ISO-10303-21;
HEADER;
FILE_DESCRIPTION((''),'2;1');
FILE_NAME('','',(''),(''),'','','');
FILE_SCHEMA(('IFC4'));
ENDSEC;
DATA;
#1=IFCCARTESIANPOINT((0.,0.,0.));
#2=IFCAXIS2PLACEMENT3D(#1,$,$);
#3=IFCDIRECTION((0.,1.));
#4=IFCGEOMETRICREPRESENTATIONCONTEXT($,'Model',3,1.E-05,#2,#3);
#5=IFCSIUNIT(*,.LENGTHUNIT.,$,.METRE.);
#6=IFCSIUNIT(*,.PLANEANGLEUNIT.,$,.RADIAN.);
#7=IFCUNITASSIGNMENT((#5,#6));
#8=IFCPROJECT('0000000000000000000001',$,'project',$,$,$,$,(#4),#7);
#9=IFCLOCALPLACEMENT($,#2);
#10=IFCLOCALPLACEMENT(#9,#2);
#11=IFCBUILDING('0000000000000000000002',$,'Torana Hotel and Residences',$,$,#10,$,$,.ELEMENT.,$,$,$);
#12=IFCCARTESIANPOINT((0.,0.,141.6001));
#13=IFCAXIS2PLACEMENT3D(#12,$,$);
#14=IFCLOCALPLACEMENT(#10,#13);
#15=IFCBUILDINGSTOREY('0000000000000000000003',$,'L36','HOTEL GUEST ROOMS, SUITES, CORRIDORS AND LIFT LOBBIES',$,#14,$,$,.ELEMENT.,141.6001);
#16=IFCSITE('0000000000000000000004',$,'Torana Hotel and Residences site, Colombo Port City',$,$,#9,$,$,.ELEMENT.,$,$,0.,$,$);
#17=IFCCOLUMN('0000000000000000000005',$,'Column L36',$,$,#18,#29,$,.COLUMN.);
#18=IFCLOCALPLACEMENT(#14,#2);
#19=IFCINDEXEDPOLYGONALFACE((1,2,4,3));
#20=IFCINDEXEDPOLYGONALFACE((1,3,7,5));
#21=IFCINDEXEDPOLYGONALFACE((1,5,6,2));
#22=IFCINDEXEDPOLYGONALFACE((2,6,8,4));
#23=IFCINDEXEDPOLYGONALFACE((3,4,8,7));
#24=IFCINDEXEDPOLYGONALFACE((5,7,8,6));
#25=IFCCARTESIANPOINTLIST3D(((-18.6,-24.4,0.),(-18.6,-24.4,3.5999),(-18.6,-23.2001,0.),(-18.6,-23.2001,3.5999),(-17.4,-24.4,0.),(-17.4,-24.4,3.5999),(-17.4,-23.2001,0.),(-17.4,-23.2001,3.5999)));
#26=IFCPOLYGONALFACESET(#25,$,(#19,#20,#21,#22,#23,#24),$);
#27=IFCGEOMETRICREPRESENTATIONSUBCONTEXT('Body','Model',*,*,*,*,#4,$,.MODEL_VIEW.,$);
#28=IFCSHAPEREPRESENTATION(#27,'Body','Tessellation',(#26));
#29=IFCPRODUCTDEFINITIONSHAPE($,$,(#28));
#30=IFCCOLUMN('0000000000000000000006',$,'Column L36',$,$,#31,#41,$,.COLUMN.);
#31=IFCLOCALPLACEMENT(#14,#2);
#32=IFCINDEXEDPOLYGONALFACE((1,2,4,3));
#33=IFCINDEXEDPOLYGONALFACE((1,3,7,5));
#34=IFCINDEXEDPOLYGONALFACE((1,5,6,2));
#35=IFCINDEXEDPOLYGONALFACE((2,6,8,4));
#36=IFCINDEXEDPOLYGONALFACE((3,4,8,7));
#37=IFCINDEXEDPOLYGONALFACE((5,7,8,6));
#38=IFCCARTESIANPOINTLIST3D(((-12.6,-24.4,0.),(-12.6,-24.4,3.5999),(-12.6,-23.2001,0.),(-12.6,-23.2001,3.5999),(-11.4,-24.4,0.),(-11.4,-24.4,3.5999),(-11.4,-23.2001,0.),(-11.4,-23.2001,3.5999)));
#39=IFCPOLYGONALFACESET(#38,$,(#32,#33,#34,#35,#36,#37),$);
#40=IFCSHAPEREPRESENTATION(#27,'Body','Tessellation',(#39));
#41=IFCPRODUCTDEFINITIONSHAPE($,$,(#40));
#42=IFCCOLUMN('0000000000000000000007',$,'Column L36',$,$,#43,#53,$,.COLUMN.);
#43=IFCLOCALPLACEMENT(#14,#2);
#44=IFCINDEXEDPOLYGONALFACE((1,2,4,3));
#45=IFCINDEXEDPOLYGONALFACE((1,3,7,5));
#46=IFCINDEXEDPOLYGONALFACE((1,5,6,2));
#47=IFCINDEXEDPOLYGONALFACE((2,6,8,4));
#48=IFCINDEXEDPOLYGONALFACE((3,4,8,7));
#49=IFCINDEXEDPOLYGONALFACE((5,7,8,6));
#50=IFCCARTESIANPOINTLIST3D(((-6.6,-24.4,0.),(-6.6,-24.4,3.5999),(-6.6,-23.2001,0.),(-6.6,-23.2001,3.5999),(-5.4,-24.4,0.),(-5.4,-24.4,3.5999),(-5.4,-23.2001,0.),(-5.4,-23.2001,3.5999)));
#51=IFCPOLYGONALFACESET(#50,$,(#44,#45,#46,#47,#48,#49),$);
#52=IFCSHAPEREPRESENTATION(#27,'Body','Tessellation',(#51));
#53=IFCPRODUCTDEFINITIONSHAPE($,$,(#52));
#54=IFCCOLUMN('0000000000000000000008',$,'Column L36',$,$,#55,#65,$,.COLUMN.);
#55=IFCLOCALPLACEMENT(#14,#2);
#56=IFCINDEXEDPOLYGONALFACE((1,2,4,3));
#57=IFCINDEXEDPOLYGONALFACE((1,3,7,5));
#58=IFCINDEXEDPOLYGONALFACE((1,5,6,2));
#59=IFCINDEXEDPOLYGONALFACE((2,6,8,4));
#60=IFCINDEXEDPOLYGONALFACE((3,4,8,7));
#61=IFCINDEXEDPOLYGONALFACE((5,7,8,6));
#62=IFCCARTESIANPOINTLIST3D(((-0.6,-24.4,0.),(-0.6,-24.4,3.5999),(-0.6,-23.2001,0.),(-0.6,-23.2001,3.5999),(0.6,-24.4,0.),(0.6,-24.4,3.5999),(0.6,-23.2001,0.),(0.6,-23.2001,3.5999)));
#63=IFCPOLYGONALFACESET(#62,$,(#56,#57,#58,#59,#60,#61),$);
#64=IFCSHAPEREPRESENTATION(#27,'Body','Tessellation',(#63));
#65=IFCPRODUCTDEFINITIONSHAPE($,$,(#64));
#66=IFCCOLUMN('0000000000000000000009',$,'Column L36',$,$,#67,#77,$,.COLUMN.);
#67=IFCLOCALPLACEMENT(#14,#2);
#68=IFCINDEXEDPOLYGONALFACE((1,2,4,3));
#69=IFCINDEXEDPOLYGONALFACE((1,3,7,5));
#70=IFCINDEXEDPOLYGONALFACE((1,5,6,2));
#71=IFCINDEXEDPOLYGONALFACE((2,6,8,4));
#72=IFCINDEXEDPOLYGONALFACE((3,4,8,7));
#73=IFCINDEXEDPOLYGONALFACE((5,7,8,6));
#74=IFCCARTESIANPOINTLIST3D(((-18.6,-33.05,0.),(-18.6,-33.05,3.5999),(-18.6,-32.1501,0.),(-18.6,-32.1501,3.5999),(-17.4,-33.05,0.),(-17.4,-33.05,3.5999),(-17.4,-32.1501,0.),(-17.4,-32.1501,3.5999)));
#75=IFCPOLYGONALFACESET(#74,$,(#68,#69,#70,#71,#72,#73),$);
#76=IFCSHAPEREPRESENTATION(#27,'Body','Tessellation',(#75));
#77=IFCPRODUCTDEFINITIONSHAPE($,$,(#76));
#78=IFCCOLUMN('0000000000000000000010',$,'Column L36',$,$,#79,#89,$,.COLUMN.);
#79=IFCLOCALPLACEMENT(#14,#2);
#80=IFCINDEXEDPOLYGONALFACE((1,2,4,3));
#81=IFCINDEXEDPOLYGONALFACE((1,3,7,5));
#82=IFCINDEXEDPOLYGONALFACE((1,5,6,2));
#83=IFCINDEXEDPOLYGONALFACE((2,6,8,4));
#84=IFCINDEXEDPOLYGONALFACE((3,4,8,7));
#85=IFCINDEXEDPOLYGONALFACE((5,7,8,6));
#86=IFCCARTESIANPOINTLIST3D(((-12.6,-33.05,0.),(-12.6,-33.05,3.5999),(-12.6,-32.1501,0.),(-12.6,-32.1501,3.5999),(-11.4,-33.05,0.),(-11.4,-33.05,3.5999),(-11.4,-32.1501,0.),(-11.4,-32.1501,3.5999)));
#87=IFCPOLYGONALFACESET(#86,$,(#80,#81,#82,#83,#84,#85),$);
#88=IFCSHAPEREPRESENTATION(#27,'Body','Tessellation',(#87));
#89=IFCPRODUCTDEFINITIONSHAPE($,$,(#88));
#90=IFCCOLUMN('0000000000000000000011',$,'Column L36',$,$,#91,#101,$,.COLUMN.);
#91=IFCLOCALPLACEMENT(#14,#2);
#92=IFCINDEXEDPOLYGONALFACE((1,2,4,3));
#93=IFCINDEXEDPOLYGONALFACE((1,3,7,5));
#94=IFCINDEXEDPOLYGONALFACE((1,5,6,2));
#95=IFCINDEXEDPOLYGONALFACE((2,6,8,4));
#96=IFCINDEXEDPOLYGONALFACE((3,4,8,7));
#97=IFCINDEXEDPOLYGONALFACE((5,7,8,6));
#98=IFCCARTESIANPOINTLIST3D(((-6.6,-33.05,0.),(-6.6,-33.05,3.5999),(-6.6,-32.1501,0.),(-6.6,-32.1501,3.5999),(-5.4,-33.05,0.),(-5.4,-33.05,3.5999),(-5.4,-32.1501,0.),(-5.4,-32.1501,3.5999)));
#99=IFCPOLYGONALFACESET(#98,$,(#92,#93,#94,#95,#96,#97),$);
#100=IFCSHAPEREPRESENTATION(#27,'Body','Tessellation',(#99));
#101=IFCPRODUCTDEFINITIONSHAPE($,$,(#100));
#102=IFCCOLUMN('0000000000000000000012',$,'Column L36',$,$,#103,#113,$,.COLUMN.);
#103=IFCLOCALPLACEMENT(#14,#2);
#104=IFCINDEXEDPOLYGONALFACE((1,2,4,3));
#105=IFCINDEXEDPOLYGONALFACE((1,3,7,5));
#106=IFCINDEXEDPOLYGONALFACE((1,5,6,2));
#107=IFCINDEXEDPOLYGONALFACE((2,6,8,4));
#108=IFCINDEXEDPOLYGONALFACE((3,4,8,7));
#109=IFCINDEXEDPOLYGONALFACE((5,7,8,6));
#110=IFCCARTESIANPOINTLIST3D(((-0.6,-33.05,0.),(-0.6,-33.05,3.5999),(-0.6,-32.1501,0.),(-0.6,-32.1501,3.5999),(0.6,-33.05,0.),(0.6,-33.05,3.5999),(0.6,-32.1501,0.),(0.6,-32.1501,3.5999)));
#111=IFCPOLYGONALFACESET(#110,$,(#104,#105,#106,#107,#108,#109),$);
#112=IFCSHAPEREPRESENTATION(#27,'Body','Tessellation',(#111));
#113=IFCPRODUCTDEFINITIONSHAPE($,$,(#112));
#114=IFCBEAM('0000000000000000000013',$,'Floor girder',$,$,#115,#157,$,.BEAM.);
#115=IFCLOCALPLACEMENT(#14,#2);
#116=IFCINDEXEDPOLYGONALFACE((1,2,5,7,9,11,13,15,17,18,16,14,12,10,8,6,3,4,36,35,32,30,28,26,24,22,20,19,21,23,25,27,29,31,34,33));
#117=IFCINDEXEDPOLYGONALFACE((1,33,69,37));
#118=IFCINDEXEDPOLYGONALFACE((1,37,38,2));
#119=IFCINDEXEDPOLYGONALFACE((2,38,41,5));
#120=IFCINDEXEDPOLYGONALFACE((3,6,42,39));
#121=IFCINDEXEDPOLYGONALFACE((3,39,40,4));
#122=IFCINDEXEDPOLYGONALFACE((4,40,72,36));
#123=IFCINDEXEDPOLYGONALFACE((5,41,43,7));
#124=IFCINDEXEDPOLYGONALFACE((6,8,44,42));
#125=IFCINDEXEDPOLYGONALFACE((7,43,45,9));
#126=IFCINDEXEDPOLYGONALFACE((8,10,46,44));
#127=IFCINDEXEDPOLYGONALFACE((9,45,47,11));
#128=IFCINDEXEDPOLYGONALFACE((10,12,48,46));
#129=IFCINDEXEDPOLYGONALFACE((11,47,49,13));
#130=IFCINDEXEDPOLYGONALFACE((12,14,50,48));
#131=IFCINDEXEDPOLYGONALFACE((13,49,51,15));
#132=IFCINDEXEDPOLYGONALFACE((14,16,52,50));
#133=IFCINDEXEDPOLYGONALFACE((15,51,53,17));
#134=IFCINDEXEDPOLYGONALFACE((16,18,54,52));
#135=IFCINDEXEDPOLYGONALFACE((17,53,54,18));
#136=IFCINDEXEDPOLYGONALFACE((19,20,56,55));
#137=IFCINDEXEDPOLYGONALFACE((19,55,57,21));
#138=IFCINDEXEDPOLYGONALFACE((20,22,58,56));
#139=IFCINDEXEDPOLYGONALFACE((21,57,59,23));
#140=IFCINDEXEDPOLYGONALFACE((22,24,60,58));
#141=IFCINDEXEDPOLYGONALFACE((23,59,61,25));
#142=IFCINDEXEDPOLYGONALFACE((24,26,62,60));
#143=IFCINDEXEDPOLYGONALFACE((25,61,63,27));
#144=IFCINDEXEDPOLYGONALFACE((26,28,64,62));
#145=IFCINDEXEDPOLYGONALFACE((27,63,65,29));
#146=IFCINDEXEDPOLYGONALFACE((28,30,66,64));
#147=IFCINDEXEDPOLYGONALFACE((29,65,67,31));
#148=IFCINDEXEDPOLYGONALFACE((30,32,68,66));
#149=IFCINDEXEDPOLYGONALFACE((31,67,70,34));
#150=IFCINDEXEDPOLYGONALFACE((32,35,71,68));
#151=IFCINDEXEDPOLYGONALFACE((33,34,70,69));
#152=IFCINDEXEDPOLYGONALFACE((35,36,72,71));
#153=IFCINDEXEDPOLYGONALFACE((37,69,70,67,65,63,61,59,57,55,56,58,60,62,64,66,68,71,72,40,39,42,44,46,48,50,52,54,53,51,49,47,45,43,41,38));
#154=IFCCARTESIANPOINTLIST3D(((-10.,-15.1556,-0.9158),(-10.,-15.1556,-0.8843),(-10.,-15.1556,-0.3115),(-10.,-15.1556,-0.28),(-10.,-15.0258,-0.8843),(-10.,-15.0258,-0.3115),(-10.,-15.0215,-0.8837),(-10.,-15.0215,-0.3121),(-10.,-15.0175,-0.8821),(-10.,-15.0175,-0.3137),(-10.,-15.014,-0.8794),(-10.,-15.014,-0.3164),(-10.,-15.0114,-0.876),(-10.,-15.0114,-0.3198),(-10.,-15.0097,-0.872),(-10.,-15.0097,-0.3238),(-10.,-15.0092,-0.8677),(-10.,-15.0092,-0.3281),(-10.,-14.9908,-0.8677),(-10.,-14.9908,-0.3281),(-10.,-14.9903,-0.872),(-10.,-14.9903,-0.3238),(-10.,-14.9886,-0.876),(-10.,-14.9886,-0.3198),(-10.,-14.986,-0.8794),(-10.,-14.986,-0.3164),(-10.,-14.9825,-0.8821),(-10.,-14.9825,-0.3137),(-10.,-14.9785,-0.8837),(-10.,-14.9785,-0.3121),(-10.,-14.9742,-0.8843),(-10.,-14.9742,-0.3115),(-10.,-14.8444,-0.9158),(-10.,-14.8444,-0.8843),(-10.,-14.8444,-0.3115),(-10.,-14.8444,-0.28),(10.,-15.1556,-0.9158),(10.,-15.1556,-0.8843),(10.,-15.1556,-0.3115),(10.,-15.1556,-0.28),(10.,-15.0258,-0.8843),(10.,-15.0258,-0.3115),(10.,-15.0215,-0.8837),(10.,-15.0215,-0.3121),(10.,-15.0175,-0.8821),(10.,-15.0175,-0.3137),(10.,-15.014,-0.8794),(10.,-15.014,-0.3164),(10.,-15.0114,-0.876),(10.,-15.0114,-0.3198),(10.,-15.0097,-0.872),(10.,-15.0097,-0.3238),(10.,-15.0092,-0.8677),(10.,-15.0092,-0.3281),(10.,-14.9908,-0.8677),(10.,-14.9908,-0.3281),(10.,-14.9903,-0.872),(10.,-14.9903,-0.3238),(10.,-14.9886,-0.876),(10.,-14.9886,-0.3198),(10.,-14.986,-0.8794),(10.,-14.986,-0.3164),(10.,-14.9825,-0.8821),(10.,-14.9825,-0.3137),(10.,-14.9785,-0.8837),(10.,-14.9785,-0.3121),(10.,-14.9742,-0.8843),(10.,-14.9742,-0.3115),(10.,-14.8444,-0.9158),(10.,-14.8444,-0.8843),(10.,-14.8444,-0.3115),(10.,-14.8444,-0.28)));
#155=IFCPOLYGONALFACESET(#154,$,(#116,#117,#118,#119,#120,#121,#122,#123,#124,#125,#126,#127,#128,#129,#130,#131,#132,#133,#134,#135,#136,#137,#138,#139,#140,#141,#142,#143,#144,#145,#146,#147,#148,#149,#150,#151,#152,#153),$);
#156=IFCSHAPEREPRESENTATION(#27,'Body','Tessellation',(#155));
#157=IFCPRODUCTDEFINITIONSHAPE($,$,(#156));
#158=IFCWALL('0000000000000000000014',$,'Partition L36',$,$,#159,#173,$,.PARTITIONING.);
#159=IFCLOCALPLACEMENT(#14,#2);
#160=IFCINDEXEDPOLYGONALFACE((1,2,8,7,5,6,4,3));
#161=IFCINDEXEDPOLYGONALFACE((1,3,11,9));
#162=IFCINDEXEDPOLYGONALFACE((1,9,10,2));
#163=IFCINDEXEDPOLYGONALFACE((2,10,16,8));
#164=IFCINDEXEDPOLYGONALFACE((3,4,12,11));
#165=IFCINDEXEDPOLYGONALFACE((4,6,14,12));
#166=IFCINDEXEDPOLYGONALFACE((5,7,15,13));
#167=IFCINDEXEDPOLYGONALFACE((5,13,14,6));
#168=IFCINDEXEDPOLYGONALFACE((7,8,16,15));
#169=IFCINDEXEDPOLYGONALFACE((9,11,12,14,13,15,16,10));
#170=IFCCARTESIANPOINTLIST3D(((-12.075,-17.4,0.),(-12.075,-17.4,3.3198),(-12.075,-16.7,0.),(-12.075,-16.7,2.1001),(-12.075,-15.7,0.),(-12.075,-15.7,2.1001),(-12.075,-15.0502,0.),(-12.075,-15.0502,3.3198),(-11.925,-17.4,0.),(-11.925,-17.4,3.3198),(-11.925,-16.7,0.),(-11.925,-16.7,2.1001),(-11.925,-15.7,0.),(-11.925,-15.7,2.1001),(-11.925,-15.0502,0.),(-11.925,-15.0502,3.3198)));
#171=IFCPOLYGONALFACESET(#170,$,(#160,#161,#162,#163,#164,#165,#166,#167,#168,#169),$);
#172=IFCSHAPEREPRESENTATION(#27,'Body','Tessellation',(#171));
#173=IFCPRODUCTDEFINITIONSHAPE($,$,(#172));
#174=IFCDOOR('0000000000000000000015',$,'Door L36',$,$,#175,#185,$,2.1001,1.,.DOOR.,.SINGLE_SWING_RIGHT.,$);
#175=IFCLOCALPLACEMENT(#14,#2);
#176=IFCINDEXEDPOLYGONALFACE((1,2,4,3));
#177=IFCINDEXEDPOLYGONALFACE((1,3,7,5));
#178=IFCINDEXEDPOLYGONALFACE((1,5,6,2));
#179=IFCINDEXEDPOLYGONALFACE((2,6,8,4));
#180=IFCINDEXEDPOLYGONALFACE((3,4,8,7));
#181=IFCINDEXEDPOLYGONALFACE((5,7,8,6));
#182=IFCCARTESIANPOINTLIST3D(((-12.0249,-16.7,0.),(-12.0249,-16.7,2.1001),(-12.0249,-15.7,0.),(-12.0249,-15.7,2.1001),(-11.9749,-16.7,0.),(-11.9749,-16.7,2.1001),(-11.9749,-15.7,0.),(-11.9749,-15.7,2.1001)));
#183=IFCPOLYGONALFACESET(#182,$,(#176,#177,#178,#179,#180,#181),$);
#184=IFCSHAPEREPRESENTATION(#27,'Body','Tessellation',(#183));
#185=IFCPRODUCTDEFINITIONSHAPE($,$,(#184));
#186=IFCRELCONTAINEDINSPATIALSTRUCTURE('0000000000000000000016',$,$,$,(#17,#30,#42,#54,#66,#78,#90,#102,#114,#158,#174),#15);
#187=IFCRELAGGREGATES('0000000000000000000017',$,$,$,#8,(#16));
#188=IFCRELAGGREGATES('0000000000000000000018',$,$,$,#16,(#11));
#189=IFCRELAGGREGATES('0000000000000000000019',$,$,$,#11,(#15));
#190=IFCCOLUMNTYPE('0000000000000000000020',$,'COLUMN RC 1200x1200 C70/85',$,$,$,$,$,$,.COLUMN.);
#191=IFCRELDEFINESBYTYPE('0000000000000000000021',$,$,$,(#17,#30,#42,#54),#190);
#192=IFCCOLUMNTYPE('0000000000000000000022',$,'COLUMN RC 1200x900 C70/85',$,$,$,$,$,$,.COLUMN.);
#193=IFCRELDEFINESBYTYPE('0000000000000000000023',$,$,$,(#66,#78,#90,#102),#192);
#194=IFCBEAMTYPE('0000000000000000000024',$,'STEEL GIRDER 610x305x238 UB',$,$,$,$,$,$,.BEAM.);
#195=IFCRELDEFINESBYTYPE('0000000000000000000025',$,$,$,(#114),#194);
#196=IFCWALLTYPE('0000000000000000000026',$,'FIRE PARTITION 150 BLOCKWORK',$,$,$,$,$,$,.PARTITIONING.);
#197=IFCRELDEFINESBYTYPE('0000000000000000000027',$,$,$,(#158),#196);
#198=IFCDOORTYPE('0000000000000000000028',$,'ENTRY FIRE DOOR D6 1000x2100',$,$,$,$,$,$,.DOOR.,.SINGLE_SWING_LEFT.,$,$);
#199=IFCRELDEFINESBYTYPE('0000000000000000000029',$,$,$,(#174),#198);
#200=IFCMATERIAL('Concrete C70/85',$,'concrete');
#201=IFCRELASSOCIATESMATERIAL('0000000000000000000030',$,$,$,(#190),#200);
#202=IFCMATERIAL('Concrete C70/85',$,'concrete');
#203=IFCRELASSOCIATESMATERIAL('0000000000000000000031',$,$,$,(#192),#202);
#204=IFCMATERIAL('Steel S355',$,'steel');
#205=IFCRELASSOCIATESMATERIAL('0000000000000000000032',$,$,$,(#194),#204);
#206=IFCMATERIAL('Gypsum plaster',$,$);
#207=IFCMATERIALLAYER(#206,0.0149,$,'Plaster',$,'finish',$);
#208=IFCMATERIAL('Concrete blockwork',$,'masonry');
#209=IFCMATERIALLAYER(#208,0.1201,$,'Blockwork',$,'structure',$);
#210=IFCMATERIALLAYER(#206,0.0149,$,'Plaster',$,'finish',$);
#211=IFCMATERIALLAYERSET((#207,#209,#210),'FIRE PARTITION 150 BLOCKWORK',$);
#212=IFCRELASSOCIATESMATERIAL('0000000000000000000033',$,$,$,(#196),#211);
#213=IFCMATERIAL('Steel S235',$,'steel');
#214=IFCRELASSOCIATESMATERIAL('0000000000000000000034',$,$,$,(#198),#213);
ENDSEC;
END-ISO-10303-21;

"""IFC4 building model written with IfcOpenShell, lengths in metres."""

from ifc_helpers import new_model, si_unit, direction, frame, frame_2d, origin, origin_2d, place, context, subcontext, project, spatial, rectangle, i_section, extrude, material, layer, layer_set, material_profile, profile_set, type_object, element, fill, save


model = new_model("IFC4")

# Units and contexts
model_context = context("Model", 3, precision=1e-05, world=origin(), true_north=direction((0.0, 1.0)))
body_context = subcontext(model_context, "Body", "Model", "MODEL_VIEW")
ifc_project = project(units=[si_unit("LENGTHUNIT", "METRE"), si_unit("PLANEANGLEUNIT", "RADIAN")], contexts=[model_context])

# Site, building, storey
site_placement = place(None, origin())
site = spatial("IfcSite", under=ifc_project, at=site_placement, Name="Torana Hotel and Residences site, Colombo Port City", CompositionType="ELEMENT", RefElevation=0.0)
building_placement = place(site_placement, origin())
building = spatial("IfcBuilding", under=site, at=building_placement, Name="Torana Hotel and Residences", CompositionType="ELEMENT")
storey_placement = place(building_placement, frame((0.0, 0.0, 141.6001)))
storey = spatial("IfcBuildingStorey", under=building, at=storey_placement, Name="L36", Description="HOTEL GUEST ROOMS, SUITES, CORRIDORS AND LIFT LOBBIES", CompositionType="ELEMENT", Elevation=141.6001)

# Columns
ifc_material_1 = material(Name="Concrete C70/85", Category="concrete")
ifc_material_profile_1 = material_profile(ifc_material_1, rectangle(XDim=1.2, YDim=1.2, at=origin_2d()), Name="RC 1200x1200")
ifc_profile_set_1 = profile_set([ifc_material_profile_1], Name="Concrete C70/85")
column_type_1 = type_object("IfcColumnType", Name="COLUMN RC 1200x1200 C70/85", PredefinedType="COLUMN", material=ifc_profile_set_1)
for number, where, z_axis, x_axis, name in (
    (1, (-18.0, -23.8, 0.0), (0.0, 0.0, 1.0), (1.0, 0.0, 0.0), "Column L36"),
    (2, (-12.0, -23.8, 0.0), (0.0, 0.0, 1.0), (1.0, 0.0, 0.0), "Column L36"),
    (3, (-6.0, -23.8, 0.0), (0.0, 0.0, 1.0), (1.0, 0.0, 0.0), "Column L36"),
    (4, (0.0, -23.8, 0.0), (0.0, 0.0, 1.0), (1.0, 0.0, 0.0), "Column L36"),
):
    element("IfcColumn", number, at=place(storey_placement, frame(where, z_axis=z_axis, x_axis=x_axis)), inside=storey, type_object=column_type_1, Name=name, PredefinedType="COLUMN", context=body_context, shape_type="SweptSolid", body=[
        extrude(rectangle(XDim=1.2, YDim=1.2, at=origin_2d()), origin(), (0.0, 0.0, 1.0), 3.5999),
    ])
ifc_material_2 = material(Name="Concrete C70/85", Category="concrete")
ifc_material_profile_2 = material_profile(ifc_material_2, rectangle(XDim=1.2, YDim=0.8999, at=origin_2d()), Name="RC 1200x900")
ifc_profile_set_2 = profile_set([ifc_material_profile_2], Name="Concrete C70/85")
column_type_2 = type_object("IfcColumnType", Name="COLUMN RC 1200x900 C70/85", PredefinedType="COLUMN", material=ifc_profile_set_2)
for number, where, z_axis, x_axis, name in (
    (5, (-18.0, -32.6001, 0.0), (0.0, 0.0, 1.0), (1.0, 0.0, 0.0), "Column L36"),
    (6, (-12.0, -32.6001, 0.0), (0.0, 0.0, 1.0), (1.0, 0.0, 0.0), "Column L36"),
    (7, (-6.0, -32.6001, 0.0), (0.0, 0.0, 1.0), (1.0, 0.0, 0.0), "Column L36"),
    (8, (0.0, -32.6001, 0.0), (0.0, 0.0, 1.0), (1.0, 0.0, 0.0), "Column L36"),
):
    element("IfcColumn", number, at=place(storey_placement, frame(where, z_axis=z_axis, x_axis=x_axis)), inside=storey, type_object=column_type_2, Name=name, PredefinedType="COLUMN", context=body_context, shape_type="SweptSolid", body=[
        extrude(rectangle(XDim=1.2, YDim=0.8999, at=origin_2d()), origin(), (0.0, 0.0, 1.0), 3.5999),
    ])

# Beam
ifc_material_3 = material(Name="Steel S355", Category="steel")
ifc_material_profile_3 = material_profile(ifc_material_3, i_section(OverallWidth=0.3113, OverallDepth=0.6357, WebThickness=0.0183, FlangeThickness=0.0315, FilletRadius=0.0166, at=origin_2d()), Name="610x305x238 UB")
ifc_profile_set_3 = profile_set([ifc_material_profile_3], Name="Steel S355")
beam_type = type_object("IfcBeamType", Name="STEEL GIRDER 610x305x238 UB", PredefinedType="BEAM", material=ifc_profile_set_3)
beam_placement = place(storey_placement, frame((-10.0, -15.0, -0.5979), z_axis=(1.0, 0.0, 0.0), x_axis=(0.0, 1.0, 0.0)))
element("IfcBeam", 9, at=beam_placement, inside=storey, type_object=beam_type, Name="Floor girder", PredefinedType="BEAM", context=body_context, shape_type="SweptSolid", body=[
    extrude(i_section(OverallWidth=0.3113, OverallDepth=0.6357, WebThickness=0.0183, FlangeThickness=0.0315, FilletRadius=0.0166, at=origin_2d()), origin(), (0.0, 0.0, 1.0), 20.0),
])

# Wall, opening, door
ifc_material_4 = material(Name="Gypsum plaster")
ifc_layer_1 = layer(ifc_material_4, 0.0149, Name="Plaster", Category="finish")
ifc_material_5 = material(Name="Concrete blockwork", Category="masonry")
ifc_layer_2 = layer(ifc_material_5, 0.1201, Name="Blockwork", Category="structure")
ifc_layer_3 = layer(ifc_material_4, 0.0149, Name="Plaster", Category="finish")
ifc_layer_set_1 = layer_set([ifc_layer_1, ifc_layer_2, ifc_layer_3], Name="FIRE PARTITION 150 BLOCKWORK")
wall_type_1 = type_object("IfcWallType", Name="FIRE PARTITION 150 BLOCKWORK", PredefinedType="PARTITIONING", material=ifc_layer_set_1)
wall_1_placement = place(storey_placement, frame((-12.0, -17.3999, 0.0), z_axis=(0.0, 0.0, 1.0), x_axis=(0.0, 1.0, 0.0)))
wall_1 = element("IfcWall", 10, at=wall_1_placement, inside=storey, type_object=wall_type_1, Name="Partition L36", PredefinedType="PARTITIONING", context=body_context, shape_type="SweptSolid", body=[
    extrude(rectangle(XDim=2.3499, YDim=0.1499, at=frame_2d((1.1748, 0.0))), origin(), (0.0, 0.0, 1.0), 3.3198),
])
opening_1_placement = place(wall_1_placement, frame((0.7, 0.0, 0.0)))
opening_1 = element("IfcOpeningElement", 11, at=opening_1_placement, cuts=wall_1, PredefinedType="OPENING", context=body_context, shape_type="SweptSolid", body=[
    extrude(rectangle(XDim=1.0, YDim=2.1001, at=frame_2d((0.5, 1.05))), frame((0.0, 0.085, 0.0), z_axis=(0.0, -1.0, 0.0), x_axis=(1.0, 0.0, 0.0)), (0.0, 0.0, 1.0), 0.1699),
])
ifc_material_6 = material(Name="Steel S235", Category="steel")
door_type_1 = type_object("IfcDoorType", Name="ENTRY FIRE DOOR D6 1000x2100", OperationType="SINGLE_SWING_LEFT", PredefinedType="DOOR", material=ifc_material_6)
door_1_placement = place(opening_1_placement, origin())
door_1 = element("IfcDoor", 12, at=door_1_placement, inside=storey, type_object=door_type_1, Name="Door L36", OperationType="SINGLE_SWING_RIGHT", OverallHeight=2.1001, OverallWidth=1.0, PredefinedType="DOOR", context=body_context, shape_type="SweptSolid", body=[
    extrude(rectangle(XDim=1.0, YDim=2.1001, at=frame_2d((0.5, 1.05))), frame((0.0, 0.0249, 0.0), z_axis=(0.0, -1.0, 0.0), x_axis=(1.0, 0.0, 0.0)), (0.0, 0.0, 1.0), 0.05),
])
fill(opening_1, door_1)

save(model, "model.ifc")
